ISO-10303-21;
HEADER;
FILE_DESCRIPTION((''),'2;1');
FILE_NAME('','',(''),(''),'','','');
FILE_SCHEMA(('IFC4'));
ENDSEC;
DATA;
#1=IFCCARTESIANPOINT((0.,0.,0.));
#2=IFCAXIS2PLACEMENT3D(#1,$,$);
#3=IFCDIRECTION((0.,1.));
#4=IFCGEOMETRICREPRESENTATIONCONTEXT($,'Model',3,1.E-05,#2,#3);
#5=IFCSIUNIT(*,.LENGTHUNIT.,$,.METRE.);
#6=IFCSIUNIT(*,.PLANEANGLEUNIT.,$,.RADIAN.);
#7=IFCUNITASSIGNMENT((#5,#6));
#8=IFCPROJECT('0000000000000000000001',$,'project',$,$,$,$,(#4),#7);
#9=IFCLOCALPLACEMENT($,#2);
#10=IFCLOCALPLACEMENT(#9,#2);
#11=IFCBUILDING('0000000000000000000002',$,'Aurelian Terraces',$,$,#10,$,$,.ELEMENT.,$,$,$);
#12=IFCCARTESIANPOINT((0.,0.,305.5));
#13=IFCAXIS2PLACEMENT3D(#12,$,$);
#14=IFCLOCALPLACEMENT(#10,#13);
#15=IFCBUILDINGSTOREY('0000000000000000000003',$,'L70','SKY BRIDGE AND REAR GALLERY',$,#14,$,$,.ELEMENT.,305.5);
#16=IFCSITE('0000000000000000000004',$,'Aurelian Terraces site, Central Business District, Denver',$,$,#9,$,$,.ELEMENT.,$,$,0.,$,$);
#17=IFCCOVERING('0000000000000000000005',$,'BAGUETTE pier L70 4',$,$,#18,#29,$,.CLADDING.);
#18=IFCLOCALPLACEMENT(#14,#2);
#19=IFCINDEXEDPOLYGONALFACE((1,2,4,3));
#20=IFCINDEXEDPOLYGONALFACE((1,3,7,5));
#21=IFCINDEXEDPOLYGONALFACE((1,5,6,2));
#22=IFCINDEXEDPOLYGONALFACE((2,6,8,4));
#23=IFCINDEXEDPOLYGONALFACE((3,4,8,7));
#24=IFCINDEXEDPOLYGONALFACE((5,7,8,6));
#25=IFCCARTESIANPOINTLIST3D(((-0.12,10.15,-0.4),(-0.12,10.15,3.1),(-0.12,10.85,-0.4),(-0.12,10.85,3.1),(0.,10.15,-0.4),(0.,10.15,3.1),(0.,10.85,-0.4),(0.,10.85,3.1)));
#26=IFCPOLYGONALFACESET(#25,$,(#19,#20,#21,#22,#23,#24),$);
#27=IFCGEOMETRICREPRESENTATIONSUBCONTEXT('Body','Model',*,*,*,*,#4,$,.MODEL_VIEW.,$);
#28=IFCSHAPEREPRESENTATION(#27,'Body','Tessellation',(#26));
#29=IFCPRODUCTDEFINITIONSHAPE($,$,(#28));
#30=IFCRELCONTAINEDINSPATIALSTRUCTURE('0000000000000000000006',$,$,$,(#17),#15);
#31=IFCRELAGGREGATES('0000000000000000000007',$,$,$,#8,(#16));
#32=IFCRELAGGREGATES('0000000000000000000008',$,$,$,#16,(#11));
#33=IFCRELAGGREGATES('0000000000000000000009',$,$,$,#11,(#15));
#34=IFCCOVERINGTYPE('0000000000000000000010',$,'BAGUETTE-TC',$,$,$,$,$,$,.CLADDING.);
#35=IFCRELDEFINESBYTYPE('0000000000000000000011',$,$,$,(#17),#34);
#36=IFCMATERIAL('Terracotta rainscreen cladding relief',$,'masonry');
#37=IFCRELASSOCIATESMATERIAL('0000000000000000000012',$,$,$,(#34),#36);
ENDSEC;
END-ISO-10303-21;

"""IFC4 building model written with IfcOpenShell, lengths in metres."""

from ifc_helpers import new_model, si_unit, direction, frame, origin, origin_2d, place, context, subcontext, project, spatial, rectangle, extrude, source, transform, mapped, material, type_object, element, save


model = new_model("IFC4")

# Units and contexts
model_context = context("Model", 3, precision=1e-05, world=origin(), true_north=direction((0.0, 1.0)))
body_context = subcontext(model_context, "Body", "Model", "MODEL_VIEW")
ifc_project = project(units=[si_unit("LENGTHUNIT", "METRE"), si_unit("PLANEANGLEUNIT", "RADIAN")], contexts=[model_context])

# Site, building, storey
site_placement = place(None, origin())
site = spatial("IfcSite", under=ifc_project, at=site_placement, Name="Aurelian Terraces site, Central Business District, Denver", CompositionType="ELEMENT", RefElevation=0.0)
building_placement = place(site_placement, origin())
building = spatial("IfcBuilding", under=site, at=building_placement, Name="Aurelian Terraces", CompositionType="ELEMENT")
storey_placement = place(building_placement, frame((0.0, 0.0, 305.5)))
storey = spatial("IfcBuildingStorey", under=building, at=storey_placement, Name="L70", Description="SKY BRIDGE AND REAR GALLERY", CompositionType="ELEMENT", Elevation=305.5)

# Covering
ifc_material_1 = material(Name="Terracotta rainscreen cladding relief", Category="masonry")
covering_type_1 = type_object("IfcCoveringType", Name="BAGUETTE-TC", PredefinedType="CLADDING", material=ifc_material_1)
shared_shape_1 = source(origin(), body_context, "Body", "SweptSolid", [
    extrude(rectangle(XDim=0.12, YDim=0.7, at=origin_2d()), origin(), (0.0, 0.0, 1.0), 3.5),
])
covering_1_placement = place(storey_placement, frame((-0.06, 10.5, -0.4), z_axis=(0.0, 0.0, 1.0), x_axis=(1.0, 0.0, 0.0)))
element("IfcCovering", 1, at=covering_1_placement, inside=storey, type_object=covering_type_1, Name="BAGUETTE pier L70 4", PredefinedType="CLADDING", context=body_context, shape_type="MappedRepresentation", body=[
    mapped(shared_shape_1, transform((0.0, 0.0, 0.0), scale=1.0)),
])

save(model, "model.ifc")
